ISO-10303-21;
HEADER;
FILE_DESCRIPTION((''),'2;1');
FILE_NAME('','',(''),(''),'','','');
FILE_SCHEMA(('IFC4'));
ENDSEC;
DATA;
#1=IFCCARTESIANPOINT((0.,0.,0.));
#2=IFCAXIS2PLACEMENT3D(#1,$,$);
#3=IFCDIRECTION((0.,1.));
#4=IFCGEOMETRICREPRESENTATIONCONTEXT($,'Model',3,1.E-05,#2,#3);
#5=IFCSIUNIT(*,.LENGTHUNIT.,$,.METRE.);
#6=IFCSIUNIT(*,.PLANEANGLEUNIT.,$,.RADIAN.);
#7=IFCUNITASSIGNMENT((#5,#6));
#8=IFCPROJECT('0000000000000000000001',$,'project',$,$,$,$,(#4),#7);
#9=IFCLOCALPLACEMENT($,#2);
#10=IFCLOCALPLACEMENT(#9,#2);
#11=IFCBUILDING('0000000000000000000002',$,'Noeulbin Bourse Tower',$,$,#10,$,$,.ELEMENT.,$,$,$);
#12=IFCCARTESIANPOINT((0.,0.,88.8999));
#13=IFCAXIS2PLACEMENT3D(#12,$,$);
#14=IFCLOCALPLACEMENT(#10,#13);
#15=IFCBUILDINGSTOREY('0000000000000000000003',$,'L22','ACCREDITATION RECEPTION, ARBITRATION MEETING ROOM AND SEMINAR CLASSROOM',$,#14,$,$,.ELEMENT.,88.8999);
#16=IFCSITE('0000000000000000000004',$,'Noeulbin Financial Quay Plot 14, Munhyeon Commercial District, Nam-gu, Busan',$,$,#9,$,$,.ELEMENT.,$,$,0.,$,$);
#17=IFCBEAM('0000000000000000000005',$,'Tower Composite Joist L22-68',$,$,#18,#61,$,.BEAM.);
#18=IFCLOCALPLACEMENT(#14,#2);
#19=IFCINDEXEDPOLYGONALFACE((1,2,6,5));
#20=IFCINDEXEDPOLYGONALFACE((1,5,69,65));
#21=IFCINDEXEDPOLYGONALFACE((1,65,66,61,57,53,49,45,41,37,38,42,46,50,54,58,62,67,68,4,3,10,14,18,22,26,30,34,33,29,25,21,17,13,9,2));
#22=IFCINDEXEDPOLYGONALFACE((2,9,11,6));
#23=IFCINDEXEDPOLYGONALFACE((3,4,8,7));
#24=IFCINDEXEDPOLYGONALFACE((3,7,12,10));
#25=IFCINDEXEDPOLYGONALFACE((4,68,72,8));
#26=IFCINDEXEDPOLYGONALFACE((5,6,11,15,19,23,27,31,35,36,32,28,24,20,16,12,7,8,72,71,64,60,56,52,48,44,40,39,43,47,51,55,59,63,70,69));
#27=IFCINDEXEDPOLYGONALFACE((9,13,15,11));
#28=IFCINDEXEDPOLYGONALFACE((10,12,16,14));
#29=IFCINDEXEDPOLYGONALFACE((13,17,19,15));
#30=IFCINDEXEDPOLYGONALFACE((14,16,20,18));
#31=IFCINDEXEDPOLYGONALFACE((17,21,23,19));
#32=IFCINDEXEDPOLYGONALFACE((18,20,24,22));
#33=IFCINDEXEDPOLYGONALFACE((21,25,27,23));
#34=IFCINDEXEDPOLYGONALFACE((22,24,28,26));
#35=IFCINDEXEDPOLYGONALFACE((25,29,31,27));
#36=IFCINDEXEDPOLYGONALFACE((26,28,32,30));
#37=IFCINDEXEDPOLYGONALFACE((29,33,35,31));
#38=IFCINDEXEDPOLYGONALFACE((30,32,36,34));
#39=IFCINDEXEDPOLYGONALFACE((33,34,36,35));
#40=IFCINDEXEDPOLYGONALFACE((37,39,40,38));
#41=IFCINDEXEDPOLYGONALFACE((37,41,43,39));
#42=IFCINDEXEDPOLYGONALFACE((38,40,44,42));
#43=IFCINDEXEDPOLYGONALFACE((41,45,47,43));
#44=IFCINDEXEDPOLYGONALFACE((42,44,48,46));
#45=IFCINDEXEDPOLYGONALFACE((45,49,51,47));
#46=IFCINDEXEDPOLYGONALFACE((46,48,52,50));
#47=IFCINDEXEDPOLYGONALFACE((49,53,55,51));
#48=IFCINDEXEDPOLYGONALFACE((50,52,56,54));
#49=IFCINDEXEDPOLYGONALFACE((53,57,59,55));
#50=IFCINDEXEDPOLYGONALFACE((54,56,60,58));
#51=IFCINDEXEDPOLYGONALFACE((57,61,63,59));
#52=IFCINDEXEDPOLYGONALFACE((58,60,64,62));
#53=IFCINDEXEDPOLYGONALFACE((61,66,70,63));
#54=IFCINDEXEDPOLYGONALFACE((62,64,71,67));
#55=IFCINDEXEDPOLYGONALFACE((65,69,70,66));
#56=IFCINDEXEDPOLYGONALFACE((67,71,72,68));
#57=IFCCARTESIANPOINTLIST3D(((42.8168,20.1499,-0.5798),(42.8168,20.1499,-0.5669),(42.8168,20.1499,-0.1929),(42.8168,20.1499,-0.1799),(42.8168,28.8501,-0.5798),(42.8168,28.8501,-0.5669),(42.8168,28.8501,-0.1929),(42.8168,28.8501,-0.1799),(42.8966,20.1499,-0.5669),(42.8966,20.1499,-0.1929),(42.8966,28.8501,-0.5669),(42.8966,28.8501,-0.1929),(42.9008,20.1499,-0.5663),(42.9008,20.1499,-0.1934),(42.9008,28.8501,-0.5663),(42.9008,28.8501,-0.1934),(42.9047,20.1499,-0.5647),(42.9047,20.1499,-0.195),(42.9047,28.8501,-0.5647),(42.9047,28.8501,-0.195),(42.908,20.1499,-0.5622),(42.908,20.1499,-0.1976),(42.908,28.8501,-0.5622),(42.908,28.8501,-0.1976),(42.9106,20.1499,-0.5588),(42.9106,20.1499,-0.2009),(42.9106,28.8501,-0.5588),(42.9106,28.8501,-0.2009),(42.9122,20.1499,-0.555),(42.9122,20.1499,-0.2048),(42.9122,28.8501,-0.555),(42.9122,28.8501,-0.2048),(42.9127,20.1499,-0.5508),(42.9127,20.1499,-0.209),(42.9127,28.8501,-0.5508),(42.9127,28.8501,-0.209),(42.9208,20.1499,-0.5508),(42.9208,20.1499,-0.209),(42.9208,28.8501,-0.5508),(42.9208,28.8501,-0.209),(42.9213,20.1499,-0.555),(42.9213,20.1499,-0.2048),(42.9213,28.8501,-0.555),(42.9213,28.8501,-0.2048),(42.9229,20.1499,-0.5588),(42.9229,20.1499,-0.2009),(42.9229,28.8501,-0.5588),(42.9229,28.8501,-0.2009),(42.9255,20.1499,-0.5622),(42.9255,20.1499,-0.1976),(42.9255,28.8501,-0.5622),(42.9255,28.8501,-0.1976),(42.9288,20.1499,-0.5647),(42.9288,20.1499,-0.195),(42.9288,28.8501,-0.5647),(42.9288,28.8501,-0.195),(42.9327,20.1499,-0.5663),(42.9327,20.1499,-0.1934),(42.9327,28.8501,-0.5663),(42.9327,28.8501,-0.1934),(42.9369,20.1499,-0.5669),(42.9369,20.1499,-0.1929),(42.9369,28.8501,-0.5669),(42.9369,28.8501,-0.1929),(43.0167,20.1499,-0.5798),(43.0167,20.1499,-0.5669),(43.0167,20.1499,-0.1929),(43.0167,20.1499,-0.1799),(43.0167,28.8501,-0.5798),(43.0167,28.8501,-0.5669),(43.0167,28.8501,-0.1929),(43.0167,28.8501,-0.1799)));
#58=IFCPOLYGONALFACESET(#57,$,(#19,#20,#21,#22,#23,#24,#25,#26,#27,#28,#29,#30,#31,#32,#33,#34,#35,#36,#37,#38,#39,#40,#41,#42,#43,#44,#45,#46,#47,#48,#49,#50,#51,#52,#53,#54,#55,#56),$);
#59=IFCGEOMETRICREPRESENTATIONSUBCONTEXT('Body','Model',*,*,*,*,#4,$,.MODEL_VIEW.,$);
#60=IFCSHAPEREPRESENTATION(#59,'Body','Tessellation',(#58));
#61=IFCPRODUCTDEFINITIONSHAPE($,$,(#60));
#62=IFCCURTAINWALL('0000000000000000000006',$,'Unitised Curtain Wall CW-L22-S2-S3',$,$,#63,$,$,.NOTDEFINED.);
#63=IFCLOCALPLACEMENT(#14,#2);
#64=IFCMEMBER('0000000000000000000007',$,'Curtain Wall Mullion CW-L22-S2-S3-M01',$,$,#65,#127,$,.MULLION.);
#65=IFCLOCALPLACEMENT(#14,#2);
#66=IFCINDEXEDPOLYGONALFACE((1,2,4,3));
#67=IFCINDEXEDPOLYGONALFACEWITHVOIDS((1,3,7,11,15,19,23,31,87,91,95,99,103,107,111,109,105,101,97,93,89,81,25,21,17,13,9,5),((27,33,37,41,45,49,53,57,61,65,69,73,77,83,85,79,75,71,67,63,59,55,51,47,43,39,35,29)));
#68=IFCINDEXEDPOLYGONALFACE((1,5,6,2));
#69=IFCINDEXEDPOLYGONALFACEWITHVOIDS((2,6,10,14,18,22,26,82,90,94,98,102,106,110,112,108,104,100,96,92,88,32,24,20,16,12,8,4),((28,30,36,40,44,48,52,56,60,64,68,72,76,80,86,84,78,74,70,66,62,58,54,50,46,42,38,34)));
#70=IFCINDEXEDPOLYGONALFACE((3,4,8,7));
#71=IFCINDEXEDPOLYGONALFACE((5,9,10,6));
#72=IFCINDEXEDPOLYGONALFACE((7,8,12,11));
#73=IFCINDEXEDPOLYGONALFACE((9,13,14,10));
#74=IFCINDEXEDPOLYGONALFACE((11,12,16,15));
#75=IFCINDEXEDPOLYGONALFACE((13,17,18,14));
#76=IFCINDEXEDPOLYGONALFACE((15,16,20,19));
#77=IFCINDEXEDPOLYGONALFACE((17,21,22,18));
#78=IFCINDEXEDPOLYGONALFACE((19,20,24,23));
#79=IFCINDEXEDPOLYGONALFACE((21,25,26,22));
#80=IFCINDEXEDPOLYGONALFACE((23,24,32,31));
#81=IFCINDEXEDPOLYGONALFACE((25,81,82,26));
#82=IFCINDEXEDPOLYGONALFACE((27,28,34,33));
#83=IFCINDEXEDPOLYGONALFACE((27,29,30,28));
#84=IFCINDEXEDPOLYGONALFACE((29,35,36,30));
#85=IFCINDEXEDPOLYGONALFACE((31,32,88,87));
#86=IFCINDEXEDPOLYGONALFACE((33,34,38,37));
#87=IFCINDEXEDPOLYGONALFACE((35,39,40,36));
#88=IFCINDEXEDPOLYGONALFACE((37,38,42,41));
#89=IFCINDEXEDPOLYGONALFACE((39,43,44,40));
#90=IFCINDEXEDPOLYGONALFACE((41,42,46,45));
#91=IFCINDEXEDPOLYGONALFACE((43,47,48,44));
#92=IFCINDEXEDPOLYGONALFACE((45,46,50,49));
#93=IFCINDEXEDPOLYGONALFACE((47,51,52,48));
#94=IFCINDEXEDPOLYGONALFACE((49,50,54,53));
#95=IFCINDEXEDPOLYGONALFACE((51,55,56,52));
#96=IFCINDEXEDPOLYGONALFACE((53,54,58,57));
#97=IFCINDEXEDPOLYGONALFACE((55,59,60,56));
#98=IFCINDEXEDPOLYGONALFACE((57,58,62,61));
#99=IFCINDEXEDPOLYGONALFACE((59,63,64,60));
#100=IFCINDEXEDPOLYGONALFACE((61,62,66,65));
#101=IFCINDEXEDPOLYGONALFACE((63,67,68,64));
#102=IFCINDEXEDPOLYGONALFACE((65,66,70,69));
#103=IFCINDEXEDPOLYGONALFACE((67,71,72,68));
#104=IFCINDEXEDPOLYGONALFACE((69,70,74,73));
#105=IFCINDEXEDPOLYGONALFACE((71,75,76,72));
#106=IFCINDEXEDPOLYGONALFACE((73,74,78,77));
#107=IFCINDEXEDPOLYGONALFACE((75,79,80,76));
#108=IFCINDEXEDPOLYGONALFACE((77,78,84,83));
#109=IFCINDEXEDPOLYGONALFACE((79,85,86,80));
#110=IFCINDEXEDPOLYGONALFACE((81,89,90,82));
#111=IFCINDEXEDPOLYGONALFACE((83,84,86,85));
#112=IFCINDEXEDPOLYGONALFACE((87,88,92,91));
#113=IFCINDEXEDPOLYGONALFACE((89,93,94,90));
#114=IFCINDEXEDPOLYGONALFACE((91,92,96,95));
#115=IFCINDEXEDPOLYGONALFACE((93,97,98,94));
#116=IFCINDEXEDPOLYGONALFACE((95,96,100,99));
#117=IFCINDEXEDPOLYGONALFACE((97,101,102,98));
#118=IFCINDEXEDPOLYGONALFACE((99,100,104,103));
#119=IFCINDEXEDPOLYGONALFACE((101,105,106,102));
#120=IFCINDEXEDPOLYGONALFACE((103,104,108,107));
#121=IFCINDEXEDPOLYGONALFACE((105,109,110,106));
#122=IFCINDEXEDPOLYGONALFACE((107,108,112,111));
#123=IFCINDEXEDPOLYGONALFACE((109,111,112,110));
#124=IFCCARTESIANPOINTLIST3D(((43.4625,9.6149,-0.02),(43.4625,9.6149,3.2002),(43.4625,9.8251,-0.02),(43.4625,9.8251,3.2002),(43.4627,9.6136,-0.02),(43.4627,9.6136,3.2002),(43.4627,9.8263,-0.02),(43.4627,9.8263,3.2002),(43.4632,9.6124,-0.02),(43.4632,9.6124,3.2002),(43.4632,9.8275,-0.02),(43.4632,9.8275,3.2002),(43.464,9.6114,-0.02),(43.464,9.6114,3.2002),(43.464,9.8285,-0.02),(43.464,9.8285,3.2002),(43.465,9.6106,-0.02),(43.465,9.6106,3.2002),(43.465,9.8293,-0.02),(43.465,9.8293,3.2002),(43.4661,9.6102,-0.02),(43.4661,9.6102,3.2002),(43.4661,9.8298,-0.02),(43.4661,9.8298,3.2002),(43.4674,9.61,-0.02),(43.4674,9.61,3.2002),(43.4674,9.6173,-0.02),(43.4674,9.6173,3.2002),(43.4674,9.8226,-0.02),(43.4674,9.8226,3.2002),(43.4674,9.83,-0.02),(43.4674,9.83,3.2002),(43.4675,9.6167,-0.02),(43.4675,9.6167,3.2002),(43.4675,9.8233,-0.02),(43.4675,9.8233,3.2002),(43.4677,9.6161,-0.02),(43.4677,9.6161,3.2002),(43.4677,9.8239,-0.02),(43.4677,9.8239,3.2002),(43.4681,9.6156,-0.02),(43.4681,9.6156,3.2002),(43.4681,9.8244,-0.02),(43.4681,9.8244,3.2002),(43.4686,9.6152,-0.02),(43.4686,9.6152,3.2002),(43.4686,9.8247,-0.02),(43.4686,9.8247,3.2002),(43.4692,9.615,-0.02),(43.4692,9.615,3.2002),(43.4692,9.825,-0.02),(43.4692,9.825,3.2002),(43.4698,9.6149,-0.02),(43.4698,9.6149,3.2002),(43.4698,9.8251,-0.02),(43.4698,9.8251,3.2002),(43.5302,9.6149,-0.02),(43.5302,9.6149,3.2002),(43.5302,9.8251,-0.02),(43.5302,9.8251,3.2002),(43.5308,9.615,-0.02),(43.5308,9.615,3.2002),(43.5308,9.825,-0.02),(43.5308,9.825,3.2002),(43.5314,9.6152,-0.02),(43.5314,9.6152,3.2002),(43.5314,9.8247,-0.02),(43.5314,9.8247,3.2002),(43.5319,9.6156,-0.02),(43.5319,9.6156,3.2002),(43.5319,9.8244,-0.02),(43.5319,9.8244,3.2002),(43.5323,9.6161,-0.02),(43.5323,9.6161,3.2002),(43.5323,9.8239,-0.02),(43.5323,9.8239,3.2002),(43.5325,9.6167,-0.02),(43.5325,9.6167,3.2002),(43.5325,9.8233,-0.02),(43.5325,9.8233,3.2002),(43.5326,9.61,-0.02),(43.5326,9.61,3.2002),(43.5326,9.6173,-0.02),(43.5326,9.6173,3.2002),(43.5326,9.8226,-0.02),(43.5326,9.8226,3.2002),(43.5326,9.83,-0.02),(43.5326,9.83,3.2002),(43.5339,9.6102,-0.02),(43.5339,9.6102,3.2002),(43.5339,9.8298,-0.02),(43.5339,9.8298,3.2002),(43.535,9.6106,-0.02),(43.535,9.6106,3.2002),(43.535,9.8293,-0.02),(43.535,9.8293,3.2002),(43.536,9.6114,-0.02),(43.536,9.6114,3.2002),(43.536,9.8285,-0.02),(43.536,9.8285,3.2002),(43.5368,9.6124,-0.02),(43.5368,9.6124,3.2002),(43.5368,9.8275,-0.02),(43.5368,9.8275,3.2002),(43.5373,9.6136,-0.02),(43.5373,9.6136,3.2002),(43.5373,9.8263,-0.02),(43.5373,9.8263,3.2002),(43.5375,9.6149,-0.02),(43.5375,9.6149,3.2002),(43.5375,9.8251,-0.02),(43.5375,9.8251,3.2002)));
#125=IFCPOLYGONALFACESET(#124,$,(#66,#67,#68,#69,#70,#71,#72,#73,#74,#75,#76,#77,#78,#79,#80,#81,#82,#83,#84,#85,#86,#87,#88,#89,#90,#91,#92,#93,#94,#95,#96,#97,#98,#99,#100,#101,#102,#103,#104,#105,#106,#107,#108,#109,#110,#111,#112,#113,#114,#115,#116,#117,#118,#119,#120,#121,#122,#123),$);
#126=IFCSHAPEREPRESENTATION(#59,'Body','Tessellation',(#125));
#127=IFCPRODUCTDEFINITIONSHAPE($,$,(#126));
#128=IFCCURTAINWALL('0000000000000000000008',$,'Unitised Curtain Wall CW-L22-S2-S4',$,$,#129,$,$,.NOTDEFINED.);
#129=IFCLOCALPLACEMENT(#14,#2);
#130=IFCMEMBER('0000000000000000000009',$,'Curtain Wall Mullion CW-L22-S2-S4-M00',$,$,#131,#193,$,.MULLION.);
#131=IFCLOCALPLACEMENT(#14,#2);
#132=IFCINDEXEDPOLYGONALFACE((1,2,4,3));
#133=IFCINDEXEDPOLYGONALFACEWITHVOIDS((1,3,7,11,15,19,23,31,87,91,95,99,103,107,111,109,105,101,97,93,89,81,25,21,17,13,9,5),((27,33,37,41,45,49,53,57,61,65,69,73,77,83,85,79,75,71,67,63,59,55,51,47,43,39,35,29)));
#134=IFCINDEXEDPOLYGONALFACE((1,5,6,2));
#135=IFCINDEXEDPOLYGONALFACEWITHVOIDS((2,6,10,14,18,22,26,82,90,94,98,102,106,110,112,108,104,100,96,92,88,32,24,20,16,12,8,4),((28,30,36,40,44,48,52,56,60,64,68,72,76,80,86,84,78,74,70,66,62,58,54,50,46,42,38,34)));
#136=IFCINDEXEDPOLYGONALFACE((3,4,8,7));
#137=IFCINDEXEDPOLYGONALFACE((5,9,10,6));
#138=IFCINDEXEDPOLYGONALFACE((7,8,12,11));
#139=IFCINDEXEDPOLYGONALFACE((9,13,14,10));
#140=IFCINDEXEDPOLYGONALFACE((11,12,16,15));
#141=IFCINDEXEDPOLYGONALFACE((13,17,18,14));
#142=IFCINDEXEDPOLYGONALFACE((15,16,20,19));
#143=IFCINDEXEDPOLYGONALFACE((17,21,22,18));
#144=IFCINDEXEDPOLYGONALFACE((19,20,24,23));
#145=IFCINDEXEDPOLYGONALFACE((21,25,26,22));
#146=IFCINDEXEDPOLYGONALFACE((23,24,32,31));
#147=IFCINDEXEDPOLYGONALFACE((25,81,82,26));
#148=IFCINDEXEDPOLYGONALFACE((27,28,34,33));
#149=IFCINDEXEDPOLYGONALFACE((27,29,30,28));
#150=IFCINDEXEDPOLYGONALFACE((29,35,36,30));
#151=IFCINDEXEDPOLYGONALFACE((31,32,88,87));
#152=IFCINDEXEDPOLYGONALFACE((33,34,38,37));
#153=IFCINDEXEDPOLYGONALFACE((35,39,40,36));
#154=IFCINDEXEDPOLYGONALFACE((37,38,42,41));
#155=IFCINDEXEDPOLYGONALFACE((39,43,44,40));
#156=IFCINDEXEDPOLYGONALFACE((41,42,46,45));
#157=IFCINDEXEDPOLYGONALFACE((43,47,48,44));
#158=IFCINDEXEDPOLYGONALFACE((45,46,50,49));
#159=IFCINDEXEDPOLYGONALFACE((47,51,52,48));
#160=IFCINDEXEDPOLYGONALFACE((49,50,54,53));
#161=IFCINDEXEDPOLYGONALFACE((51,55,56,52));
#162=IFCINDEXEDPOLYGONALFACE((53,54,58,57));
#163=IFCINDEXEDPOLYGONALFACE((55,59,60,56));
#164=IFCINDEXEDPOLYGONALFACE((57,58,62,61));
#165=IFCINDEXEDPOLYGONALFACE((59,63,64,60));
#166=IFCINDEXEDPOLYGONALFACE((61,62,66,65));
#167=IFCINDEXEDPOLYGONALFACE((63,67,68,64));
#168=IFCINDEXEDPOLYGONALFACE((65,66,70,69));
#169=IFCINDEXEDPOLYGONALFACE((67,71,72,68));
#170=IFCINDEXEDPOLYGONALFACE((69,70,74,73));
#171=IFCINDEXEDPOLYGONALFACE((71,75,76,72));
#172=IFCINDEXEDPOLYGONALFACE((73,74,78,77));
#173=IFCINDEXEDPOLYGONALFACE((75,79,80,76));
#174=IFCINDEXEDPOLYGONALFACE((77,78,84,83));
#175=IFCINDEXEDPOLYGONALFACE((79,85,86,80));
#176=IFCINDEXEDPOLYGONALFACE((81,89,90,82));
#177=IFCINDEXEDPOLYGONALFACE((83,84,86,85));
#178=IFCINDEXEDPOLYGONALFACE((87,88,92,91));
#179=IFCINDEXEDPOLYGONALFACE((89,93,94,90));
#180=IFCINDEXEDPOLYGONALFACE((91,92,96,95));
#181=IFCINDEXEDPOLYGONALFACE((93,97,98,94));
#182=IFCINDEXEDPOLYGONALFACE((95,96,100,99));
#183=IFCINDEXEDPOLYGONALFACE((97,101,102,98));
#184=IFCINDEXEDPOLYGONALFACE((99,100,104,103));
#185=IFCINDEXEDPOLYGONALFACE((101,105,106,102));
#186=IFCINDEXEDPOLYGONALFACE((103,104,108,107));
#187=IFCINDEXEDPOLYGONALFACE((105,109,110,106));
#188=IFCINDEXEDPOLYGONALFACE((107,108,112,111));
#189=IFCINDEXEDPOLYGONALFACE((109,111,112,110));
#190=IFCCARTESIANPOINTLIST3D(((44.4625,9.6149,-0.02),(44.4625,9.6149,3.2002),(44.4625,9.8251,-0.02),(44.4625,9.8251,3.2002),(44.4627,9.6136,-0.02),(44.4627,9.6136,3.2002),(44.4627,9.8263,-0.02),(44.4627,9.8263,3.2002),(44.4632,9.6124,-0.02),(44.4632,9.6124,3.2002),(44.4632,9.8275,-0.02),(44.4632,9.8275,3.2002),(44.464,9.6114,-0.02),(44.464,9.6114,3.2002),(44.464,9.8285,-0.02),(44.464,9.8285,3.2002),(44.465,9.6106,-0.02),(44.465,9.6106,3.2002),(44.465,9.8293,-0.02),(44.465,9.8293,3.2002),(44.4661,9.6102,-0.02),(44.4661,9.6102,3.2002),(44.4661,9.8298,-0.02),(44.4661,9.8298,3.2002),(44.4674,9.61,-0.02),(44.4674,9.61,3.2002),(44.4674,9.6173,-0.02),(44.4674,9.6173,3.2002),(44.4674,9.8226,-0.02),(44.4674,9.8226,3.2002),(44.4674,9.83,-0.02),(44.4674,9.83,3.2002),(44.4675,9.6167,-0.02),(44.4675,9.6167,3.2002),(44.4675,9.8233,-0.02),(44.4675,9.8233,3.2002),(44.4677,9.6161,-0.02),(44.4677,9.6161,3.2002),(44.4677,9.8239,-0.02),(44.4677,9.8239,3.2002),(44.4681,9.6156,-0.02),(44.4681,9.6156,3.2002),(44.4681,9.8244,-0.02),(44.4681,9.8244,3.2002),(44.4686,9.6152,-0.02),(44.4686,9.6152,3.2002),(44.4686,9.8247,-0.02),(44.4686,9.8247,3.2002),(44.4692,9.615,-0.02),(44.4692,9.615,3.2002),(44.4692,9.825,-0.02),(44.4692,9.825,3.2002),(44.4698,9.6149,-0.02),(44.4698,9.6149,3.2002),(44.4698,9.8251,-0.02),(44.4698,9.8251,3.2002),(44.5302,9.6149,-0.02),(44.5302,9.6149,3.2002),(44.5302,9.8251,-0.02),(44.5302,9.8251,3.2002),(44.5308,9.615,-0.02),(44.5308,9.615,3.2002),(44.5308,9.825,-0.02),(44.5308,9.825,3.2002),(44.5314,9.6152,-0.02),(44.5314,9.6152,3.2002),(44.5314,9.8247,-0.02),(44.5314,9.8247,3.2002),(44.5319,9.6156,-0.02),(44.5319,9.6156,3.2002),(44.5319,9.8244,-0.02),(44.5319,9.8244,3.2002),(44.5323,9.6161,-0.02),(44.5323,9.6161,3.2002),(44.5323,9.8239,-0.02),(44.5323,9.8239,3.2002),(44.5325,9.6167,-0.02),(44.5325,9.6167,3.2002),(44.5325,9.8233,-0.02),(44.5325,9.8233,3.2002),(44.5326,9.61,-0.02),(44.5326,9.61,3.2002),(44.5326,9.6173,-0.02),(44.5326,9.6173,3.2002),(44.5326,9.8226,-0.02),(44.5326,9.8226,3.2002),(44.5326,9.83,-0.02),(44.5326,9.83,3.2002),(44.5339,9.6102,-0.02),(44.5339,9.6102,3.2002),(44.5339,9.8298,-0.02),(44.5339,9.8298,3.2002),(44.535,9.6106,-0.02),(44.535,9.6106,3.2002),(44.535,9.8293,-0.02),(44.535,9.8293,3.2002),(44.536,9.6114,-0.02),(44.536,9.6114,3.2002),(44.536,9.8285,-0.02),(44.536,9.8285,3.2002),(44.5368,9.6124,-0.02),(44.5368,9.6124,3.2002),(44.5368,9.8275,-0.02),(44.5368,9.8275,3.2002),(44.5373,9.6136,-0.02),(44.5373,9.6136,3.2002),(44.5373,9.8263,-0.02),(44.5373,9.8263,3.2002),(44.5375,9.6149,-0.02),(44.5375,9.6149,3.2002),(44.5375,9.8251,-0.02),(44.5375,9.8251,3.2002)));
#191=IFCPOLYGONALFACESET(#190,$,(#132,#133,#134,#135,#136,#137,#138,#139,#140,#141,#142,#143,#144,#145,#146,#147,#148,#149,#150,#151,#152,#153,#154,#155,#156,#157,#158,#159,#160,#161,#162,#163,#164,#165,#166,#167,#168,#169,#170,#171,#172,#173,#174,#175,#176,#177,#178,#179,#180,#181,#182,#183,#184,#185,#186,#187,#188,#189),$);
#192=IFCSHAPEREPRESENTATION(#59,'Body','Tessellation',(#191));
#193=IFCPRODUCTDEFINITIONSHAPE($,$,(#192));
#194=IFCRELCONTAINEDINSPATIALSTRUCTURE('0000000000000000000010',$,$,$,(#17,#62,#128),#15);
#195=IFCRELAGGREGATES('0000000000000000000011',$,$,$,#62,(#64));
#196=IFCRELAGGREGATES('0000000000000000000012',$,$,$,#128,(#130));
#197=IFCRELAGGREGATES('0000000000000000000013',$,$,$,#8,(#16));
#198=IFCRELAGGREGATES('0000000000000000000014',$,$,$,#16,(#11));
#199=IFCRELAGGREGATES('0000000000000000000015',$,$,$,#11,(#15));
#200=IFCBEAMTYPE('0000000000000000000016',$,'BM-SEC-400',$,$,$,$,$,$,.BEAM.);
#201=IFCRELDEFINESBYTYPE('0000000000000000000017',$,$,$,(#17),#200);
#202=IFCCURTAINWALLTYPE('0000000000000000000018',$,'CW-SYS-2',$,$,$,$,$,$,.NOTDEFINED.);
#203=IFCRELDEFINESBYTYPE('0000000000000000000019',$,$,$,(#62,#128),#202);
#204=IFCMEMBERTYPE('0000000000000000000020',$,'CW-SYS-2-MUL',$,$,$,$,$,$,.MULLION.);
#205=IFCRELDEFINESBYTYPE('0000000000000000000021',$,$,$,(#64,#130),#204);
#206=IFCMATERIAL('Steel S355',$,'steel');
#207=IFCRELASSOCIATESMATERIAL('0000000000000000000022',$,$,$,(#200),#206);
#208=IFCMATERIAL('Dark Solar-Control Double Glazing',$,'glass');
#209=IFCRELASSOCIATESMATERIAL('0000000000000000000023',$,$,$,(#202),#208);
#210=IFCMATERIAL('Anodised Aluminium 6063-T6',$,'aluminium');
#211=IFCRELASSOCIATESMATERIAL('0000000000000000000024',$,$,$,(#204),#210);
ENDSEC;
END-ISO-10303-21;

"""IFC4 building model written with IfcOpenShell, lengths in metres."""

from ifc_helpers import new_model, si_unit, direction, frame, origin, origin_2d, place, context, subcontext, project, spatial, hollow_rectangle, i_section, extrude, material, material_profile, profile_set, type_object, element, aggregate, save


model = new_model("IFC4")

# Units and contexts
model_context = context("Model", 3, precision=1e-05, world=origin(), true_north=direction((0.0, 1.0)))
body_context = subcontext(model_context, "Body", "Model", "MODEL_VIEW")
ifc_project = project(units=[si_unit("LENGTHUNIT", "METRE"), si_unit("PLANEANGLEUNIT", "RADIAN")], contexts=[model_context])

# Site, building, storey
site_placement = place(None, origin())
site = spatial("IfcSite", under=ifc_project, at=site_placement, Name="Noeulbin Financial Quay Plot 14, Munhyeon Commercial District, Nam-gu, Busan", CompositionType="ELEMENT", RefElevation=0.0)
building_placement = place(site_placement, origin())
building = spatial("IfcBuilding", under=site, at=building_placement, Name="Noeulbin Bourse Tower", CompositionType="ELEMENT")
storey_placement = place(building_placement, frame((0.0, 0.0, 88.8999)))
storey = spatial("IfcBuildingStorey", under=building, at=storey_placement, Name="L22", Description="ACCREDITATION RECEPTION, ARBITRATION MEETING ROOM AND SEMINAR CLASSROOM", CompositionType="ELEMENT", Elevation=88.8999)

# Beam
ifc_material_1 = material(Name="Steel S355", Category="steel")
ifc_material_profile_1 = material_profile(ifc_material_1, i_section(OverallWidth=0.2, OverallDepth=0.3999, WebThickness=0.0081, FlangeThickness=0.0129, FilletRadius=0.0161, at=origin_2d()), Name="H-400x200x8x13", Category="LoadBearing")
ifc_profile_set_1 = profile_set([ifc_material_profile_1], Name="Steel S355")
beam_type_1 = type_object("IfcBeamType", Name="BM-SEC-400", PredefinedType="BEAM", material=ifc_profile_set_1)
beam_1_placement = place(storey_placement, frame((42.9167, 20.1499, -0.3799), z_axis=(0.0, 1.0, 0.0), x_axis=(-1.0, 0.0, 0.0)))
element("IfcBeam", 1, at=beam_1_placement, inside=storey, type_object=beam_type_1, Name="Tower Composite Joist L22-68", PredefinedType="BEAM", context=body_context, shape_type="SweptSolid", body=[
    extrude(i_section(OverallWidth=0.2, OverallDepth=0.3999, WebThickness=0.0081, FlangeThickness=0.0129, FilletRadius=0.0161, at=origin_2d()), origin(), (0.0, 0.0, 1.0), 8.7002),
])

# Curtain wall, member
ifc_material_2 = material(Name="Dark Solar-Control Double Glazing", Category="glass")
curtain_wall_type = type_object("IfcCurtainWallType", Name="CW-SYS-2", PredefinedType="NOTDEFINED", material=ifc_material_2)
curtain_wall_1_placement = place(storey_placement, origin())
curtain_wall_1 = element("IfcCurtainWall", 2, at=curtain_wall_1_placement, inside=storey, type_object=curtain_wall_type, Name="Unitised Curtain Wall CW-L22-S2-S3", PredefinedType="NOTDEFINED")
ifc_material_3 = material(Name="Anodised Aluminium 6063-T6", Category="aluminium")
ifc_material_profile_2 = material_profile(ifc_material_3, hollow_rectangle(XDim=0.075, YDim=0.22, WallThickness=0.0049, InnerFilletRadius=0.0024, OuterFilletRadius=0.0049, at=origin_2d()), Name="ALU-MULL-75x220x5", Category="LoadBearing")
ifc_profile_set_2 = profile_set([ifc_material_profile_2], Name="Anodised Aluminium 6063-T6")
member_type_1 = type_object("IfcMemberType", Name="CW-SYS-2-MUL", PredefinedType="MULLION", material=ifc_profile_set_2)
member_1_placement = place(storey_placement, frame((43.5, 9.72, -0.02), z_axis=(0.0, 0.0, 1.0), x_axis=(1.0, 0.0, 0.0)))
member_1 = element("IfcMember", 3, at=member_1_placement, type_object=member_type_1, Name="Curtain Wall Mullion CW-L22-S2-S3-M01", PredefinedType="MULLION", context=body_context, shape_type="SweptSolid", body=[
    extrude(hollow_rectangle(XDim=0.075, YDim=0.22, WallThickness=0.0049, InnerFilletRadius=0.0024, OuterFilletRadius=0.0049, at=origin_2d()), origin(), (0.0, 0.0, 1.0), 3.2202),
])

# Curtain wall, member
curtain_wall_2_placement = place(storey_placement, origin())
curtain_wall_2 = element("IfcCurtainWall", 4, at=curtain_wall_2_placement, inside=storey, type_object=curtain_wall_type, Name="Unitised Curtain Wall CW-L22-S2-S4", PredefinedType="NOTDEFINED")
member_2_placement = place(storey_placement, frame((44.5, 9.72, -0.02), z_axis=(0.0, 0.0, 1.0), x_axis=(1.0, 0.0, 0.0)))
member_2 = element("IfcMember", 5, at=member_2_placement, type_object=member_type_1, Name="Curtain Wall Mullion CW-L22-S2-S4-M00", PredefinedType="MULLION", context=body_context, shape_type="SweptSolid", body=[
    extrude(hollow_rectangle(XDim=0.075, YDim=0.22, WallThickness=0.0049, InnerFilletRadius=0.0024, OuterFilletRadius=0.0049, at=origin_2d()), origin(), (0.0, 0.0, 1.0), 3.2202),
])

aggregate(curtain_wall_1, [member_1])
aggregate(curtain_wall_2, [member_2])

save(model, "model.ifc")
